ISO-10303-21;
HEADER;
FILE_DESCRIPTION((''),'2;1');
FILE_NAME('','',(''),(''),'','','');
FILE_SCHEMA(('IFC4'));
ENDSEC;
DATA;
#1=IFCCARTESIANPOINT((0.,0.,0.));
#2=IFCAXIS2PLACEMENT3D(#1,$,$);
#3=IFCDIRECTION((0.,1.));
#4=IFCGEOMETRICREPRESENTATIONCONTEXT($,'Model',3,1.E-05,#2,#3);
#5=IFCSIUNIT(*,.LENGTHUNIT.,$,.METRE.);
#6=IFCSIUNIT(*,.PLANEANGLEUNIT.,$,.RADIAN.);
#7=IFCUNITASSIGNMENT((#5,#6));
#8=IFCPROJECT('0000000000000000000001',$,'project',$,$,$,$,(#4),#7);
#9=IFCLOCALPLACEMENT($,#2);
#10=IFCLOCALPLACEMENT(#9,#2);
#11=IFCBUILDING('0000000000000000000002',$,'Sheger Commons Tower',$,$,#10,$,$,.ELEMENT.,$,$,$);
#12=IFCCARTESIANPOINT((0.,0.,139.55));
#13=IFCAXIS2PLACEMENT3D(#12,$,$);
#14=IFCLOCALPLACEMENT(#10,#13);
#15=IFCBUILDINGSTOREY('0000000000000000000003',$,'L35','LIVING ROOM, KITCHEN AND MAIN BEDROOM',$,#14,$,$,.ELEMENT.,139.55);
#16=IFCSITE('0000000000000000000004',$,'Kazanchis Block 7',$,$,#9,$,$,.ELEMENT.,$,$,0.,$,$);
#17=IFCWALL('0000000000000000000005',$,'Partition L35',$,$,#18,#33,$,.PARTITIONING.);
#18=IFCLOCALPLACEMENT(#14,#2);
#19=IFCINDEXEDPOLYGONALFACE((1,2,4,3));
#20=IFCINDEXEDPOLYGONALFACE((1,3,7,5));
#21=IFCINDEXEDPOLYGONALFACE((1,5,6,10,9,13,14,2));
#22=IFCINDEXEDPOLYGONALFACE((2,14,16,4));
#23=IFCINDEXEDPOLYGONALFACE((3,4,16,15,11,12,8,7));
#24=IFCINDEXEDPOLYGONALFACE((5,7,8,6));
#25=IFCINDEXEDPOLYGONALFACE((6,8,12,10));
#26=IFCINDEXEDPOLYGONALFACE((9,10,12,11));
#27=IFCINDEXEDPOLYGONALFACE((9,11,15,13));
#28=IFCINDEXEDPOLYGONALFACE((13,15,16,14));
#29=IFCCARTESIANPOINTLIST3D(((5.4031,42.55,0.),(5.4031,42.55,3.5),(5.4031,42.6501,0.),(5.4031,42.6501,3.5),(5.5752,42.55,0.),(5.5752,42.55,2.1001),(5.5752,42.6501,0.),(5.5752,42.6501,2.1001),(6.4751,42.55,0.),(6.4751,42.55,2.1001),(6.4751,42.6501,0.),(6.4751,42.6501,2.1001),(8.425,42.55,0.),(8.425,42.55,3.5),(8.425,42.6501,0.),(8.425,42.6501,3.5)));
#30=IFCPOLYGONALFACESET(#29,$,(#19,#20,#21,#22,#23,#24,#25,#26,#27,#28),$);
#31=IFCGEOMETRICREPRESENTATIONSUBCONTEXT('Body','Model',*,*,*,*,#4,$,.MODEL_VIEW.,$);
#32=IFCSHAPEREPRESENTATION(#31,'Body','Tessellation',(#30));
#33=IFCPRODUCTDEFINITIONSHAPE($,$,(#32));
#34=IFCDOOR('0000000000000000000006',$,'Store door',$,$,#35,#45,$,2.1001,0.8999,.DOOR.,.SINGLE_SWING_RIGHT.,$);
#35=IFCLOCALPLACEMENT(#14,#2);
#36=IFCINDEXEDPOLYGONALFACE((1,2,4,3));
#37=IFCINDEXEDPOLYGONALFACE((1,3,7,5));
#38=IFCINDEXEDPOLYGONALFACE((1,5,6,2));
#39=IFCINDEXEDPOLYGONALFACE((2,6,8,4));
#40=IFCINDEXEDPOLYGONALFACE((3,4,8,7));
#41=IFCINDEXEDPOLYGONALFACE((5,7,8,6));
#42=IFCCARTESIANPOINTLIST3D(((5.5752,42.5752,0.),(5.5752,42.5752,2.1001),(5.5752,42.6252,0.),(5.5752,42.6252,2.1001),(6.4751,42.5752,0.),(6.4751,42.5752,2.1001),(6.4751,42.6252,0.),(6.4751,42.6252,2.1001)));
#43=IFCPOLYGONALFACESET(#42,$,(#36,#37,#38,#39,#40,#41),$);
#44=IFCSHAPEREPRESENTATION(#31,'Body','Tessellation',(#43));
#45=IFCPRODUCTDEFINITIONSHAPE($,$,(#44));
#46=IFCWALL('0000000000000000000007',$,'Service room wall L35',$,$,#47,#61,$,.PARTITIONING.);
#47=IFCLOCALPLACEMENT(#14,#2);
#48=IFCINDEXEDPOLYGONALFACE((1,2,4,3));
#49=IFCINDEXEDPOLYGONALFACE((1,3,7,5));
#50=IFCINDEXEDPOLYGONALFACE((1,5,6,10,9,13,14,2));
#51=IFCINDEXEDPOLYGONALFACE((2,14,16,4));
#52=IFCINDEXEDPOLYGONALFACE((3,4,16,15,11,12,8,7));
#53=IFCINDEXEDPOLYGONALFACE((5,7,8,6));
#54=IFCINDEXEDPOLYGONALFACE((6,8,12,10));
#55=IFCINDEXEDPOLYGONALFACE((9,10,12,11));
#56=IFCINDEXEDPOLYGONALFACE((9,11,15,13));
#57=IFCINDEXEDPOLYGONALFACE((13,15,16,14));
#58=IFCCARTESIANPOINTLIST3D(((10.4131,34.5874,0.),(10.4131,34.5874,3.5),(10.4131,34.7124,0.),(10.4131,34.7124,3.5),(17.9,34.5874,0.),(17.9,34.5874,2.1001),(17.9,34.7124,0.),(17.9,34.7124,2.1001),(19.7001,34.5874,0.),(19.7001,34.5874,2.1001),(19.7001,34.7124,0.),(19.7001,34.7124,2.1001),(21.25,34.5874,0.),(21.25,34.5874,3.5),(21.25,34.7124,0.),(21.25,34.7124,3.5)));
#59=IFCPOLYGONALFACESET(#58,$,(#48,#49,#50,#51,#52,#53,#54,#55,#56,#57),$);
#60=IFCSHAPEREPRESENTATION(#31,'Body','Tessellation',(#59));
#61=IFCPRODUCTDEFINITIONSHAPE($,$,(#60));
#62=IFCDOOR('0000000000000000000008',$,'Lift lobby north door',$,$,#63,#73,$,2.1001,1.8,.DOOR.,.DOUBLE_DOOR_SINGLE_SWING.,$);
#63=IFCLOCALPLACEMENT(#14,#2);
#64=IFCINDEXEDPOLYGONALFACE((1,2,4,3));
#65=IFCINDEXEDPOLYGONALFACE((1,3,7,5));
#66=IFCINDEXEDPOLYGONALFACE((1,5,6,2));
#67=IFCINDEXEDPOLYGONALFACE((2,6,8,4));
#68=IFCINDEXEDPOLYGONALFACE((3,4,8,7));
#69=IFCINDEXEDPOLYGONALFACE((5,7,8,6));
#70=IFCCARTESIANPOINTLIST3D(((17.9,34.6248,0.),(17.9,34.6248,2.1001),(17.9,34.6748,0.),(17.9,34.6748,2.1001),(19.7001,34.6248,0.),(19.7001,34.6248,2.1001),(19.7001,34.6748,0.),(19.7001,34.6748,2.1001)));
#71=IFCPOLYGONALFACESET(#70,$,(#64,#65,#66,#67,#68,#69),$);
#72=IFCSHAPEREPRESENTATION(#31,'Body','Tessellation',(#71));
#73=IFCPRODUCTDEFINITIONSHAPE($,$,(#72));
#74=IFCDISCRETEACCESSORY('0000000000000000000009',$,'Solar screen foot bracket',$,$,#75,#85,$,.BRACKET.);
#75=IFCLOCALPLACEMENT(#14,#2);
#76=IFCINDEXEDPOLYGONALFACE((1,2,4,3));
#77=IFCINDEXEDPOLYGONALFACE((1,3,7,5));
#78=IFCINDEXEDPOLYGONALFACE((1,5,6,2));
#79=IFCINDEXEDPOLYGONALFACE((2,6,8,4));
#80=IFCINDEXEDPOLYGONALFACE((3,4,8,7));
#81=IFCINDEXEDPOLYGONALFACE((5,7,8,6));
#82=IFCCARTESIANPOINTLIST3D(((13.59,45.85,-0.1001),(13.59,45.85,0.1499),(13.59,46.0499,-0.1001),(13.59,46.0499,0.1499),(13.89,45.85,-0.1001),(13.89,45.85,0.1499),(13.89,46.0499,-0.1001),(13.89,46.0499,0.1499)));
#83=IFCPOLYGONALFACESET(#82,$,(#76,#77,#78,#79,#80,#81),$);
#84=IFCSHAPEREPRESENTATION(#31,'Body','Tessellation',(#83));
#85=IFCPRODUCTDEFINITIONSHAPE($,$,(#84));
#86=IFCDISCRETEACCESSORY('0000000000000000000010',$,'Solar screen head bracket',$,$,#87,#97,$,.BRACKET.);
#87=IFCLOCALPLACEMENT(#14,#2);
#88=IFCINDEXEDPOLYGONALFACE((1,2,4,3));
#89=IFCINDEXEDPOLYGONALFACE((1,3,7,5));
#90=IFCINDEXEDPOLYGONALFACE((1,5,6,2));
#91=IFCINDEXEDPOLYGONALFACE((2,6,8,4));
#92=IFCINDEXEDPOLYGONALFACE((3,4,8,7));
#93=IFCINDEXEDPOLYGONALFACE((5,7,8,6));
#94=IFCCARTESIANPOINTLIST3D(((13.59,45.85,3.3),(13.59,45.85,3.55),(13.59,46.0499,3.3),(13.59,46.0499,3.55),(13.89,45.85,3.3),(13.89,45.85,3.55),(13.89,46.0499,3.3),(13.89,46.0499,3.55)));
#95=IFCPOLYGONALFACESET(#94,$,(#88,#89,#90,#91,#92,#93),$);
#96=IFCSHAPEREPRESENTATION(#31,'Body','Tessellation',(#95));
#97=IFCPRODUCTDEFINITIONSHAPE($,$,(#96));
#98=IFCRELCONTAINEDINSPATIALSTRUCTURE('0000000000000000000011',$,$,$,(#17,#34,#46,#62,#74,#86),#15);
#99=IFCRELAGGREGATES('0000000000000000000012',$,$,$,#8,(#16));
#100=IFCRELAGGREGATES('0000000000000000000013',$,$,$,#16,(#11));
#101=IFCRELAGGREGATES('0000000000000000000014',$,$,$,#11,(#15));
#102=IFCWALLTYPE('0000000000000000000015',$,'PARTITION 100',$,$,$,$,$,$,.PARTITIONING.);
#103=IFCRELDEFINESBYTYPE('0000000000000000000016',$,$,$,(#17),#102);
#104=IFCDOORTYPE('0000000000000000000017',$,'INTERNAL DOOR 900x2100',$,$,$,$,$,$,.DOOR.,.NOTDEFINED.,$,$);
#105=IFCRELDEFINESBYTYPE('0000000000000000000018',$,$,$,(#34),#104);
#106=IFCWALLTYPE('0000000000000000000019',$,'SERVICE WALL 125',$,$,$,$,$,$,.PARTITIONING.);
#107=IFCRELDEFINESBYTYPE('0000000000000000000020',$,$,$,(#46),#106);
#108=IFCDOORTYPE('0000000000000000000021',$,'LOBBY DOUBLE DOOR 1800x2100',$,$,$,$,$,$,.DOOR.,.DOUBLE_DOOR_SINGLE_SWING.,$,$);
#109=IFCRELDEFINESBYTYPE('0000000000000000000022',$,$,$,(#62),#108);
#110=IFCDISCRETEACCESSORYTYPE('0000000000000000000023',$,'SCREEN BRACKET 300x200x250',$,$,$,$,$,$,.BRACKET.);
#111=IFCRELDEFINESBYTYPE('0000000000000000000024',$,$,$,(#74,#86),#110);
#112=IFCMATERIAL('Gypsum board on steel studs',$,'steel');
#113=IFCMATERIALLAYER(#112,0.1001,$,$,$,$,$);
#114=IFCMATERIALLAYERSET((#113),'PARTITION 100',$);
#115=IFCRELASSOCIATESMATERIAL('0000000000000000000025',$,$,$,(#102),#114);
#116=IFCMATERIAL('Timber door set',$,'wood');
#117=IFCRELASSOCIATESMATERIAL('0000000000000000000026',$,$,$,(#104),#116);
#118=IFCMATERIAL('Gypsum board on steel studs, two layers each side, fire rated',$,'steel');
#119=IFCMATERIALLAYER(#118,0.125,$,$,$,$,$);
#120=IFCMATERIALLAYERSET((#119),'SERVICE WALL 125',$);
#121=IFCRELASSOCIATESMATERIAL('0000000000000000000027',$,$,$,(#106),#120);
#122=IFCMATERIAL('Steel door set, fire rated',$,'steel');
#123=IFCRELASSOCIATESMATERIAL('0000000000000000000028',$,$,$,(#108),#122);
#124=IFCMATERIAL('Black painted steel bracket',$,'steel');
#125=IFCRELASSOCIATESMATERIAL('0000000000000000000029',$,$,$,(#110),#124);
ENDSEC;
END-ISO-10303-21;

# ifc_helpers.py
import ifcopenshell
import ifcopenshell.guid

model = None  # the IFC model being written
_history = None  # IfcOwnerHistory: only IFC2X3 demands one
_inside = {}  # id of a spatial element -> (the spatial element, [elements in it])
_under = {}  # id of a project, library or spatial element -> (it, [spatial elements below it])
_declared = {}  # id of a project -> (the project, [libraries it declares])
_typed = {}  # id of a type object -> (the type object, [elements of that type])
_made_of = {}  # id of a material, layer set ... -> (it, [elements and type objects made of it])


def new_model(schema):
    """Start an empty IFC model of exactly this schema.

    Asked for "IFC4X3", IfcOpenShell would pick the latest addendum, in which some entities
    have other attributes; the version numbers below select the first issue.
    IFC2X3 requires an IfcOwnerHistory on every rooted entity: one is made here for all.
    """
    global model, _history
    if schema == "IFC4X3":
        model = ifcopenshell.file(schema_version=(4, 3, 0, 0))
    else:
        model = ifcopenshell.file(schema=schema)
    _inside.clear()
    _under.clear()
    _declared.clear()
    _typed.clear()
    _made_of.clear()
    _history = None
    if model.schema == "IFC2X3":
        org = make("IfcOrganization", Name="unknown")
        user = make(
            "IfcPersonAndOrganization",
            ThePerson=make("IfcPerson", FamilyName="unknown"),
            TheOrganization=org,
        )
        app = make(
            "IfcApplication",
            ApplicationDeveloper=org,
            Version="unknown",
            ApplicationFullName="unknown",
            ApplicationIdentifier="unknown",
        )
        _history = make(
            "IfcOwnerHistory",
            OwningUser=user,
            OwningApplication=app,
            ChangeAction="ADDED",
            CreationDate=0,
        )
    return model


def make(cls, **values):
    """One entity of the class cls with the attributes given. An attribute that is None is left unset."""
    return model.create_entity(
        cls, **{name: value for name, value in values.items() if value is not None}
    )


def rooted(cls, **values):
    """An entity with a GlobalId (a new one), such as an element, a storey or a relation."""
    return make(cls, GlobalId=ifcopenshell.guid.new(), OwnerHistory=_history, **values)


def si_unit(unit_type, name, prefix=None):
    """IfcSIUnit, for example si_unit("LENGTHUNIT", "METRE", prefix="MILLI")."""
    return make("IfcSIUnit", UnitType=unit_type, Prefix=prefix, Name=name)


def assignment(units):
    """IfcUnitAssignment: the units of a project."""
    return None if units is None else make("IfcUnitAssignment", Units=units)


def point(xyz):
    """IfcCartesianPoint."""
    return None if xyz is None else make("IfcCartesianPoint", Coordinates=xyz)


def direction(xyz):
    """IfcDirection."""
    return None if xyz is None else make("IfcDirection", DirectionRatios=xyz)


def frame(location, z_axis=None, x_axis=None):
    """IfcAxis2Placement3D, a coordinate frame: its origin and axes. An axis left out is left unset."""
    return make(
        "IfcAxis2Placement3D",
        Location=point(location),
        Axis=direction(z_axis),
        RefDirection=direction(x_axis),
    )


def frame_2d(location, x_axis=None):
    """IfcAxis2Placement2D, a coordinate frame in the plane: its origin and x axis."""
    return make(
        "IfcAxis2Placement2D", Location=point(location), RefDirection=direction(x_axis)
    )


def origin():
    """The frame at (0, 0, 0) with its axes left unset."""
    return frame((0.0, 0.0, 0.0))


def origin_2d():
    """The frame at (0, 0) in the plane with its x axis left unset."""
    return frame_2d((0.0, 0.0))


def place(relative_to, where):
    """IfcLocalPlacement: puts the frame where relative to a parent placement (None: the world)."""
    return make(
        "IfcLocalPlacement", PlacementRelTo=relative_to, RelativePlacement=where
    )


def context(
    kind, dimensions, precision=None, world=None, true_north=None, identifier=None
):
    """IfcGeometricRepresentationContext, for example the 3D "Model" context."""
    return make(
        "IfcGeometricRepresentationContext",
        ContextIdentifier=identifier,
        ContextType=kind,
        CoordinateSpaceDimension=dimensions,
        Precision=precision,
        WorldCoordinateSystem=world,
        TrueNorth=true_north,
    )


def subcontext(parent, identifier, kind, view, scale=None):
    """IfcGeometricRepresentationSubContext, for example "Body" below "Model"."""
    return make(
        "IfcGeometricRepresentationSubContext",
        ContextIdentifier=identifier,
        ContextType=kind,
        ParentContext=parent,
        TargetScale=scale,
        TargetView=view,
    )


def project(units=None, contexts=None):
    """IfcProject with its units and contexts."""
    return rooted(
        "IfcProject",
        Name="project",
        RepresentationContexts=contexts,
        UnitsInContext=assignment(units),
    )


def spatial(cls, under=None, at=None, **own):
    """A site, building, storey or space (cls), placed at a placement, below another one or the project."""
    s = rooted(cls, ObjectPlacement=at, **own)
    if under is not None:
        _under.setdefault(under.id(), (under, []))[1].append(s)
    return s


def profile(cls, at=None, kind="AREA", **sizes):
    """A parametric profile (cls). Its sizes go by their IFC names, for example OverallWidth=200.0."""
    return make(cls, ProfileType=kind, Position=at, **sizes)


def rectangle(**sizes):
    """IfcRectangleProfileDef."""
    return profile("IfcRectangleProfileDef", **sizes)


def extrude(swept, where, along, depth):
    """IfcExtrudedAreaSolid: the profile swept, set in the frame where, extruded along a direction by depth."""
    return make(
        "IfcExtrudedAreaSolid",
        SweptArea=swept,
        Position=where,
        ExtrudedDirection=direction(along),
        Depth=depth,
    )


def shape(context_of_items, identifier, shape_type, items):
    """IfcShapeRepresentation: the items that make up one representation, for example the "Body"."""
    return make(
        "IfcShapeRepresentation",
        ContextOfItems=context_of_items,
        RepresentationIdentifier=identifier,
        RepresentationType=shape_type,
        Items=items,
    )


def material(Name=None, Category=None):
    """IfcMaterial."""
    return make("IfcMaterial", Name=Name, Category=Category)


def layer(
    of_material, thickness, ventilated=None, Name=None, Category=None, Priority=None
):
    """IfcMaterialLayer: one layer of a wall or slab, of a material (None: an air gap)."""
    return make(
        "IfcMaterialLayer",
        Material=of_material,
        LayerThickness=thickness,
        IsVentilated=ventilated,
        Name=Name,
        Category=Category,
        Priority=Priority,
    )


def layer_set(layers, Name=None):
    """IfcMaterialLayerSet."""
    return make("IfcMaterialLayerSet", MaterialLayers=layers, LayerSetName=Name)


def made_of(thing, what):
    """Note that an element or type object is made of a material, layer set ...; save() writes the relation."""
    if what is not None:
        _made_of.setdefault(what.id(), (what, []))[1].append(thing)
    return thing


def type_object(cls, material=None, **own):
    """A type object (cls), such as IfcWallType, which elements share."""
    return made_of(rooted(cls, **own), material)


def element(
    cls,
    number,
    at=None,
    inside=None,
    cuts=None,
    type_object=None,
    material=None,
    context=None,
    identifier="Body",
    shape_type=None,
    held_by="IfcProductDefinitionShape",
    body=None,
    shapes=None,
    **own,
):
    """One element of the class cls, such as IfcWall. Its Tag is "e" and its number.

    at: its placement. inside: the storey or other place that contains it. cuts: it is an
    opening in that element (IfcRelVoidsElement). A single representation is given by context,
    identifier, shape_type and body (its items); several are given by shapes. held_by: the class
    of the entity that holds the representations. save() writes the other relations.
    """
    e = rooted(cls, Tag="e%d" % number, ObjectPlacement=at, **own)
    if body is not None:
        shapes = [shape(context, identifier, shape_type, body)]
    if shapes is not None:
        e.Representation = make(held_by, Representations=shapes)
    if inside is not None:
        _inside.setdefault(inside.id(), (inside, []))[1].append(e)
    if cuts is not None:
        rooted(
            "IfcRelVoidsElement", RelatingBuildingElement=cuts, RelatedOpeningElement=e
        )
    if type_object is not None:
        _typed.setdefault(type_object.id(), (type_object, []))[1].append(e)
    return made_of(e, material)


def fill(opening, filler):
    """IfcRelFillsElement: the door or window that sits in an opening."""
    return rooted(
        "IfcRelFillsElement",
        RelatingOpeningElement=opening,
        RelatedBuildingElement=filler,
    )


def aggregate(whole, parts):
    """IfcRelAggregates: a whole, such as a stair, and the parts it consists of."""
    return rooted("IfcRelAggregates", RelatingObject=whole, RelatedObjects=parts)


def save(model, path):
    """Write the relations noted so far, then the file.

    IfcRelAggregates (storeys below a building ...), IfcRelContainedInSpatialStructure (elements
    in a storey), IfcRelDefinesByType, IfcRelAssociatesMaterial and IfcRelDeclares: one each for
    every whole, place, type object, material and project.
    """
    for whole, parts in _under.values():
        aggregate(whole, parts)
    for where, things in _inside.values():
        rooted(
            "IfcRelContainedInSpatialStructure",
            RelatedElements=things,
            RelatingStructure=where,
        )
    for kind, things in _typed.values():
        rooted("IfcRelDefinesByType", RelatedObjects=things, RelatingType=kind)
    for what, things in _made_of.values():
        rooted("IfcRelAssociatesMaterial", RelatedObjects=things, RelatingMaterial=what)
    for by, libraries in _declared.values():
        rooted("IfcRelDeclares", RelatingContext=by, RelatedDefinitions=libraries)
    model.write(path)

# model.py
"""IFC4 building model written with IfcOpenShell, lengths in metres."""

from ifc_helpers import new_model, si_unit, direction, frame, frame_2d, origin, origin_2d, place, context, subcontext, project, spatial, rectangle, extrude, material, layer, layer_set, type_object, element, fill, save


model = new_model("IFC4")

# Units and contexts
model_context = context("Model", 3, precision=1e-05, world=origin(), true_north=direction((0.0, 1.0)))
body_context = subcontext(model_context, "Body", "Model", "MODEL_VIEW")
ifc_project = project(units=[si_unit("LENGTHUNIT", "METRE"), si_unit("PLANEANGLEUNIT", "RADIAN")], contexts=[model_context])

# Site, building, storey
site_placement = place(None, origin())
site = spatial("IfcSite", under=ifc_project, at=site_placement, Name="Kazanchis Block 7", CompositionType="ELEMENT", RefElevation=0.0)
building_placement = place(site_placement, origin())
building = spatial("IfcBuilding", under=site, at=building_placement, Name="Sheger Commons Tower", CompositionType="ELEMENT")
storey_placement = place(building_placement, frame((0.0, 0.0, 139.55)))
storey = spatial("IfcBuildingStorey", under=building, at=storey_placement, Name="L35", Description="LIVING ROOM, KITCHEN AND MAIN BEDROOM", CompositionType="ELEMENT", Elevation=139.55)

# Shared definitions
ifc_material_1 = material(Name="Gypsum board on steel studs", Category="steel")
ifc_layer_1 = layer(ifc_material_1, 0.1001)
ifc_layer_set_1 = layer_set([ifc_layer_1], Name="PARTITION 100")
wall_type_1 = type_object("IfcWallType", Name="PARTITION 100", PredefinedType="PARTITIONING", material=ifc_layer_set_1)

# Walls, openings, doors
wall_1_placement = place(storey_placement, frame((8.425, 42.6001, 0.0), z_axis=(0.0, 0.0, 1.0), x_axis=(-1.0, 0.0, 0.0)))
wall_1 = element("IfcWall", 1, at=wall_1_placement, inside=storey, type_object=wall_type_1, Name="Partition L35", PredefinedType="PARTITIONING", context=body_context, shape_type="SweptSolid", body=[
    extrude(rectangle(XDim=3.022, YDim=0.1001, at=frame_2d((1.511, 0.0))), origin(), (0.0, 0.0, 1.0), 3.5),
])
opening_1_placement = place(wall_1_placement, frame((1.95, 0.0, 0.0)))
opening_1 = element("IfcOpeningElement", 2, at=opening_1_placement, cuts=wall_1, PredefinedType="OPENING", context=body_context, shape_type="SweptSolid", body=[
    extrude(rectangle(XDim=0.8999, YDim=2.1001, at=frame_2d((0.45, 1.05))), frame((0.0, 0.0601, 0.0), z_axis=(0.0, -1.0, 0.0), x_axis=(1.0, 0.0, 0.0)), (0.0, 0.0, 1.0), 0.1201),
])
ifc_material_2 = material(Name="Timber door set", Category="wood")
door_type_1 = type_object("IfcDoorType", Name="INTERNAL DOOR 900x2100", OperationType="NOTDEFINED", PredefinedType="DOOR", material=ifc_material_2)
door_1_placement = place(opening_1_placement, origin())
door_1 = element("IfcDoor", 3, at=door_1_placement, inside=storey, type_object=door_type_1, Name="Store door", OperationType="SINGLE_SWING_RIGHT", OverallHeight=2.1001, OverallWidth=0.8999, PredefinedType="DOOR", context=body_context, shape_type="SweptSolid", body=[
    extrude(rectangle(XDim=0.8999, YDim=2.1001, at=frame_2d((0.45, 1.05))), frame((0.0, 0.0249, 0.0), z_axis=(0.0, -1.0, 0.0), x_axis=(1.0, 0.0, 0.0)), (0.0, 0.0, 1.0), 0.05),
])
fill(opening_1, door_1)
ifc_material_3 = material(Name="Gypsum board on steel studs, two layers each side, fire rated", Category="steel")
ifc_layer_2 = layer(ifc_material_3, 0.125)
ifc_layer_set_2 = layer_set([ifc_layer_2], Name="SERVICE WALL 125")
wall_type_2 = type_object("IfcWallType", Name="SERVICE WALL 125", PredefinedType="PARTITIONING", material=ifc_layer_set_2)
wall_2_placement = place(storey_placement, frame((10.4131, 34.6499, 0.0), z_axis=(0.0, 0.0, 1.0), x_axis=(1.0, 0.0, 0.0)))
wall_2 = element("IfcWall", 4, at=wall_2_placement, inside=storey, type_object=wall_type_2, Name="Service room wall L35", PredefinedType="PARTITIONING", context=body_context, shape_type="SweptSolid", body=[
    extrude(rectangle(XDim=10.8369, YDim=0.125, at=frame_2d((5.4185, 0.0))), origin(), (0.0, 0.0, 1.0), 3.5),
])
opening_2_placement = place(wall_2_placement, frame((7.4871, 0.0, 0.0)))
opening_2 = element("IfcOpeningElement", 5, at=opening_2_placement, cuts=wall_2, PredefinedType="OPENING", context=body_context, shape_type="SweptSolid", body=[
    extrude(rectangle(XDim=1.8, YDim=2.1001, at=frame_2d((0.8999, 1.05))), frame((0.0, 0.0725, 0.0), z_axis=(0.0, -1.0, 0.0), x_axis=(1.0, 0.0, 0.0)), (0.0, 0.0, 1.0), 0.145),
])
ifc_material_4 = material(Name="Steel door set, fire rated", Category="steel")
door_type_2 = type_object("IfcDoorType", Name="LOBBY DOUBLE DOOR 1800x2100", OperationType="DOUBLE_DOOR_SINGLE_SWING", PredefinedType="DOOR", material=ifc_material_4)
door_2_placement = place(opening_2_placement, origin())
door_2 = element("IfcDoor", 6, at=door_2_placement, inside=storey, type_object=door_type_2, Name="Lift lobby north door", OperationType="DOUBLE_DOOR_SINGLE_SWING", OverallHeight=2.1001, OverallWidth=1.8, PredefinedType="DOOR", context=body_context, shape_type="SweptSolid", body=[
    extrude(rectangle(XDim=1.8, YDim=2.1001, at=frame_2d((0.8999, 1.05))), frame((0.0, 0.0249, 0.0), z_axis=(0.0, -1.0, 0.0), x_axis=(1.0, 0.0, 0.0)), (0.0, 0.0, 1.0), 0.05),
])
fill(opening_2, door_2)

# Discrete accessories
ifc_material_5 = material(Name="Black painted steel bracket", Category="steel")
discrete_accessory_type = type_object("IfcDiscreteAccessoryType", Name="SCREEN BRACKET 300x200x250", PredefinedType="BRACKET", material=ifc_material_5)
for number, where, z_axis, x_axis, name in (
    (7, (13.74, 45.95, -0.1001), (0.0, 0.0, 1.0), (-1.0, 0.0, 0.0), "Solar screen foot bracket"),
    (8, (13.74, 45.95, 3.3), (0.0, 0.0, 1.0), (-1.0, 0.0, 0.0), "Solar screen head bracket"),
):
    element("IfcDiscreteAccessory", number, at=place(storey_placement, frame(where, z_axis=z_axis, x_axis=x_axis)), inside=storey, type_object=discrete_accessory_type, Name=name, PredefinedType="BRACKET", context=body_context, shape_type="SweptSolid", body=[
        extrude(rectangle(XDim=0.3, YDim=0.2, at=origin_2d()), origin(), (0.0, 0.0, 1.0), 0.25),
    ])

save(model, "model.ifc")
